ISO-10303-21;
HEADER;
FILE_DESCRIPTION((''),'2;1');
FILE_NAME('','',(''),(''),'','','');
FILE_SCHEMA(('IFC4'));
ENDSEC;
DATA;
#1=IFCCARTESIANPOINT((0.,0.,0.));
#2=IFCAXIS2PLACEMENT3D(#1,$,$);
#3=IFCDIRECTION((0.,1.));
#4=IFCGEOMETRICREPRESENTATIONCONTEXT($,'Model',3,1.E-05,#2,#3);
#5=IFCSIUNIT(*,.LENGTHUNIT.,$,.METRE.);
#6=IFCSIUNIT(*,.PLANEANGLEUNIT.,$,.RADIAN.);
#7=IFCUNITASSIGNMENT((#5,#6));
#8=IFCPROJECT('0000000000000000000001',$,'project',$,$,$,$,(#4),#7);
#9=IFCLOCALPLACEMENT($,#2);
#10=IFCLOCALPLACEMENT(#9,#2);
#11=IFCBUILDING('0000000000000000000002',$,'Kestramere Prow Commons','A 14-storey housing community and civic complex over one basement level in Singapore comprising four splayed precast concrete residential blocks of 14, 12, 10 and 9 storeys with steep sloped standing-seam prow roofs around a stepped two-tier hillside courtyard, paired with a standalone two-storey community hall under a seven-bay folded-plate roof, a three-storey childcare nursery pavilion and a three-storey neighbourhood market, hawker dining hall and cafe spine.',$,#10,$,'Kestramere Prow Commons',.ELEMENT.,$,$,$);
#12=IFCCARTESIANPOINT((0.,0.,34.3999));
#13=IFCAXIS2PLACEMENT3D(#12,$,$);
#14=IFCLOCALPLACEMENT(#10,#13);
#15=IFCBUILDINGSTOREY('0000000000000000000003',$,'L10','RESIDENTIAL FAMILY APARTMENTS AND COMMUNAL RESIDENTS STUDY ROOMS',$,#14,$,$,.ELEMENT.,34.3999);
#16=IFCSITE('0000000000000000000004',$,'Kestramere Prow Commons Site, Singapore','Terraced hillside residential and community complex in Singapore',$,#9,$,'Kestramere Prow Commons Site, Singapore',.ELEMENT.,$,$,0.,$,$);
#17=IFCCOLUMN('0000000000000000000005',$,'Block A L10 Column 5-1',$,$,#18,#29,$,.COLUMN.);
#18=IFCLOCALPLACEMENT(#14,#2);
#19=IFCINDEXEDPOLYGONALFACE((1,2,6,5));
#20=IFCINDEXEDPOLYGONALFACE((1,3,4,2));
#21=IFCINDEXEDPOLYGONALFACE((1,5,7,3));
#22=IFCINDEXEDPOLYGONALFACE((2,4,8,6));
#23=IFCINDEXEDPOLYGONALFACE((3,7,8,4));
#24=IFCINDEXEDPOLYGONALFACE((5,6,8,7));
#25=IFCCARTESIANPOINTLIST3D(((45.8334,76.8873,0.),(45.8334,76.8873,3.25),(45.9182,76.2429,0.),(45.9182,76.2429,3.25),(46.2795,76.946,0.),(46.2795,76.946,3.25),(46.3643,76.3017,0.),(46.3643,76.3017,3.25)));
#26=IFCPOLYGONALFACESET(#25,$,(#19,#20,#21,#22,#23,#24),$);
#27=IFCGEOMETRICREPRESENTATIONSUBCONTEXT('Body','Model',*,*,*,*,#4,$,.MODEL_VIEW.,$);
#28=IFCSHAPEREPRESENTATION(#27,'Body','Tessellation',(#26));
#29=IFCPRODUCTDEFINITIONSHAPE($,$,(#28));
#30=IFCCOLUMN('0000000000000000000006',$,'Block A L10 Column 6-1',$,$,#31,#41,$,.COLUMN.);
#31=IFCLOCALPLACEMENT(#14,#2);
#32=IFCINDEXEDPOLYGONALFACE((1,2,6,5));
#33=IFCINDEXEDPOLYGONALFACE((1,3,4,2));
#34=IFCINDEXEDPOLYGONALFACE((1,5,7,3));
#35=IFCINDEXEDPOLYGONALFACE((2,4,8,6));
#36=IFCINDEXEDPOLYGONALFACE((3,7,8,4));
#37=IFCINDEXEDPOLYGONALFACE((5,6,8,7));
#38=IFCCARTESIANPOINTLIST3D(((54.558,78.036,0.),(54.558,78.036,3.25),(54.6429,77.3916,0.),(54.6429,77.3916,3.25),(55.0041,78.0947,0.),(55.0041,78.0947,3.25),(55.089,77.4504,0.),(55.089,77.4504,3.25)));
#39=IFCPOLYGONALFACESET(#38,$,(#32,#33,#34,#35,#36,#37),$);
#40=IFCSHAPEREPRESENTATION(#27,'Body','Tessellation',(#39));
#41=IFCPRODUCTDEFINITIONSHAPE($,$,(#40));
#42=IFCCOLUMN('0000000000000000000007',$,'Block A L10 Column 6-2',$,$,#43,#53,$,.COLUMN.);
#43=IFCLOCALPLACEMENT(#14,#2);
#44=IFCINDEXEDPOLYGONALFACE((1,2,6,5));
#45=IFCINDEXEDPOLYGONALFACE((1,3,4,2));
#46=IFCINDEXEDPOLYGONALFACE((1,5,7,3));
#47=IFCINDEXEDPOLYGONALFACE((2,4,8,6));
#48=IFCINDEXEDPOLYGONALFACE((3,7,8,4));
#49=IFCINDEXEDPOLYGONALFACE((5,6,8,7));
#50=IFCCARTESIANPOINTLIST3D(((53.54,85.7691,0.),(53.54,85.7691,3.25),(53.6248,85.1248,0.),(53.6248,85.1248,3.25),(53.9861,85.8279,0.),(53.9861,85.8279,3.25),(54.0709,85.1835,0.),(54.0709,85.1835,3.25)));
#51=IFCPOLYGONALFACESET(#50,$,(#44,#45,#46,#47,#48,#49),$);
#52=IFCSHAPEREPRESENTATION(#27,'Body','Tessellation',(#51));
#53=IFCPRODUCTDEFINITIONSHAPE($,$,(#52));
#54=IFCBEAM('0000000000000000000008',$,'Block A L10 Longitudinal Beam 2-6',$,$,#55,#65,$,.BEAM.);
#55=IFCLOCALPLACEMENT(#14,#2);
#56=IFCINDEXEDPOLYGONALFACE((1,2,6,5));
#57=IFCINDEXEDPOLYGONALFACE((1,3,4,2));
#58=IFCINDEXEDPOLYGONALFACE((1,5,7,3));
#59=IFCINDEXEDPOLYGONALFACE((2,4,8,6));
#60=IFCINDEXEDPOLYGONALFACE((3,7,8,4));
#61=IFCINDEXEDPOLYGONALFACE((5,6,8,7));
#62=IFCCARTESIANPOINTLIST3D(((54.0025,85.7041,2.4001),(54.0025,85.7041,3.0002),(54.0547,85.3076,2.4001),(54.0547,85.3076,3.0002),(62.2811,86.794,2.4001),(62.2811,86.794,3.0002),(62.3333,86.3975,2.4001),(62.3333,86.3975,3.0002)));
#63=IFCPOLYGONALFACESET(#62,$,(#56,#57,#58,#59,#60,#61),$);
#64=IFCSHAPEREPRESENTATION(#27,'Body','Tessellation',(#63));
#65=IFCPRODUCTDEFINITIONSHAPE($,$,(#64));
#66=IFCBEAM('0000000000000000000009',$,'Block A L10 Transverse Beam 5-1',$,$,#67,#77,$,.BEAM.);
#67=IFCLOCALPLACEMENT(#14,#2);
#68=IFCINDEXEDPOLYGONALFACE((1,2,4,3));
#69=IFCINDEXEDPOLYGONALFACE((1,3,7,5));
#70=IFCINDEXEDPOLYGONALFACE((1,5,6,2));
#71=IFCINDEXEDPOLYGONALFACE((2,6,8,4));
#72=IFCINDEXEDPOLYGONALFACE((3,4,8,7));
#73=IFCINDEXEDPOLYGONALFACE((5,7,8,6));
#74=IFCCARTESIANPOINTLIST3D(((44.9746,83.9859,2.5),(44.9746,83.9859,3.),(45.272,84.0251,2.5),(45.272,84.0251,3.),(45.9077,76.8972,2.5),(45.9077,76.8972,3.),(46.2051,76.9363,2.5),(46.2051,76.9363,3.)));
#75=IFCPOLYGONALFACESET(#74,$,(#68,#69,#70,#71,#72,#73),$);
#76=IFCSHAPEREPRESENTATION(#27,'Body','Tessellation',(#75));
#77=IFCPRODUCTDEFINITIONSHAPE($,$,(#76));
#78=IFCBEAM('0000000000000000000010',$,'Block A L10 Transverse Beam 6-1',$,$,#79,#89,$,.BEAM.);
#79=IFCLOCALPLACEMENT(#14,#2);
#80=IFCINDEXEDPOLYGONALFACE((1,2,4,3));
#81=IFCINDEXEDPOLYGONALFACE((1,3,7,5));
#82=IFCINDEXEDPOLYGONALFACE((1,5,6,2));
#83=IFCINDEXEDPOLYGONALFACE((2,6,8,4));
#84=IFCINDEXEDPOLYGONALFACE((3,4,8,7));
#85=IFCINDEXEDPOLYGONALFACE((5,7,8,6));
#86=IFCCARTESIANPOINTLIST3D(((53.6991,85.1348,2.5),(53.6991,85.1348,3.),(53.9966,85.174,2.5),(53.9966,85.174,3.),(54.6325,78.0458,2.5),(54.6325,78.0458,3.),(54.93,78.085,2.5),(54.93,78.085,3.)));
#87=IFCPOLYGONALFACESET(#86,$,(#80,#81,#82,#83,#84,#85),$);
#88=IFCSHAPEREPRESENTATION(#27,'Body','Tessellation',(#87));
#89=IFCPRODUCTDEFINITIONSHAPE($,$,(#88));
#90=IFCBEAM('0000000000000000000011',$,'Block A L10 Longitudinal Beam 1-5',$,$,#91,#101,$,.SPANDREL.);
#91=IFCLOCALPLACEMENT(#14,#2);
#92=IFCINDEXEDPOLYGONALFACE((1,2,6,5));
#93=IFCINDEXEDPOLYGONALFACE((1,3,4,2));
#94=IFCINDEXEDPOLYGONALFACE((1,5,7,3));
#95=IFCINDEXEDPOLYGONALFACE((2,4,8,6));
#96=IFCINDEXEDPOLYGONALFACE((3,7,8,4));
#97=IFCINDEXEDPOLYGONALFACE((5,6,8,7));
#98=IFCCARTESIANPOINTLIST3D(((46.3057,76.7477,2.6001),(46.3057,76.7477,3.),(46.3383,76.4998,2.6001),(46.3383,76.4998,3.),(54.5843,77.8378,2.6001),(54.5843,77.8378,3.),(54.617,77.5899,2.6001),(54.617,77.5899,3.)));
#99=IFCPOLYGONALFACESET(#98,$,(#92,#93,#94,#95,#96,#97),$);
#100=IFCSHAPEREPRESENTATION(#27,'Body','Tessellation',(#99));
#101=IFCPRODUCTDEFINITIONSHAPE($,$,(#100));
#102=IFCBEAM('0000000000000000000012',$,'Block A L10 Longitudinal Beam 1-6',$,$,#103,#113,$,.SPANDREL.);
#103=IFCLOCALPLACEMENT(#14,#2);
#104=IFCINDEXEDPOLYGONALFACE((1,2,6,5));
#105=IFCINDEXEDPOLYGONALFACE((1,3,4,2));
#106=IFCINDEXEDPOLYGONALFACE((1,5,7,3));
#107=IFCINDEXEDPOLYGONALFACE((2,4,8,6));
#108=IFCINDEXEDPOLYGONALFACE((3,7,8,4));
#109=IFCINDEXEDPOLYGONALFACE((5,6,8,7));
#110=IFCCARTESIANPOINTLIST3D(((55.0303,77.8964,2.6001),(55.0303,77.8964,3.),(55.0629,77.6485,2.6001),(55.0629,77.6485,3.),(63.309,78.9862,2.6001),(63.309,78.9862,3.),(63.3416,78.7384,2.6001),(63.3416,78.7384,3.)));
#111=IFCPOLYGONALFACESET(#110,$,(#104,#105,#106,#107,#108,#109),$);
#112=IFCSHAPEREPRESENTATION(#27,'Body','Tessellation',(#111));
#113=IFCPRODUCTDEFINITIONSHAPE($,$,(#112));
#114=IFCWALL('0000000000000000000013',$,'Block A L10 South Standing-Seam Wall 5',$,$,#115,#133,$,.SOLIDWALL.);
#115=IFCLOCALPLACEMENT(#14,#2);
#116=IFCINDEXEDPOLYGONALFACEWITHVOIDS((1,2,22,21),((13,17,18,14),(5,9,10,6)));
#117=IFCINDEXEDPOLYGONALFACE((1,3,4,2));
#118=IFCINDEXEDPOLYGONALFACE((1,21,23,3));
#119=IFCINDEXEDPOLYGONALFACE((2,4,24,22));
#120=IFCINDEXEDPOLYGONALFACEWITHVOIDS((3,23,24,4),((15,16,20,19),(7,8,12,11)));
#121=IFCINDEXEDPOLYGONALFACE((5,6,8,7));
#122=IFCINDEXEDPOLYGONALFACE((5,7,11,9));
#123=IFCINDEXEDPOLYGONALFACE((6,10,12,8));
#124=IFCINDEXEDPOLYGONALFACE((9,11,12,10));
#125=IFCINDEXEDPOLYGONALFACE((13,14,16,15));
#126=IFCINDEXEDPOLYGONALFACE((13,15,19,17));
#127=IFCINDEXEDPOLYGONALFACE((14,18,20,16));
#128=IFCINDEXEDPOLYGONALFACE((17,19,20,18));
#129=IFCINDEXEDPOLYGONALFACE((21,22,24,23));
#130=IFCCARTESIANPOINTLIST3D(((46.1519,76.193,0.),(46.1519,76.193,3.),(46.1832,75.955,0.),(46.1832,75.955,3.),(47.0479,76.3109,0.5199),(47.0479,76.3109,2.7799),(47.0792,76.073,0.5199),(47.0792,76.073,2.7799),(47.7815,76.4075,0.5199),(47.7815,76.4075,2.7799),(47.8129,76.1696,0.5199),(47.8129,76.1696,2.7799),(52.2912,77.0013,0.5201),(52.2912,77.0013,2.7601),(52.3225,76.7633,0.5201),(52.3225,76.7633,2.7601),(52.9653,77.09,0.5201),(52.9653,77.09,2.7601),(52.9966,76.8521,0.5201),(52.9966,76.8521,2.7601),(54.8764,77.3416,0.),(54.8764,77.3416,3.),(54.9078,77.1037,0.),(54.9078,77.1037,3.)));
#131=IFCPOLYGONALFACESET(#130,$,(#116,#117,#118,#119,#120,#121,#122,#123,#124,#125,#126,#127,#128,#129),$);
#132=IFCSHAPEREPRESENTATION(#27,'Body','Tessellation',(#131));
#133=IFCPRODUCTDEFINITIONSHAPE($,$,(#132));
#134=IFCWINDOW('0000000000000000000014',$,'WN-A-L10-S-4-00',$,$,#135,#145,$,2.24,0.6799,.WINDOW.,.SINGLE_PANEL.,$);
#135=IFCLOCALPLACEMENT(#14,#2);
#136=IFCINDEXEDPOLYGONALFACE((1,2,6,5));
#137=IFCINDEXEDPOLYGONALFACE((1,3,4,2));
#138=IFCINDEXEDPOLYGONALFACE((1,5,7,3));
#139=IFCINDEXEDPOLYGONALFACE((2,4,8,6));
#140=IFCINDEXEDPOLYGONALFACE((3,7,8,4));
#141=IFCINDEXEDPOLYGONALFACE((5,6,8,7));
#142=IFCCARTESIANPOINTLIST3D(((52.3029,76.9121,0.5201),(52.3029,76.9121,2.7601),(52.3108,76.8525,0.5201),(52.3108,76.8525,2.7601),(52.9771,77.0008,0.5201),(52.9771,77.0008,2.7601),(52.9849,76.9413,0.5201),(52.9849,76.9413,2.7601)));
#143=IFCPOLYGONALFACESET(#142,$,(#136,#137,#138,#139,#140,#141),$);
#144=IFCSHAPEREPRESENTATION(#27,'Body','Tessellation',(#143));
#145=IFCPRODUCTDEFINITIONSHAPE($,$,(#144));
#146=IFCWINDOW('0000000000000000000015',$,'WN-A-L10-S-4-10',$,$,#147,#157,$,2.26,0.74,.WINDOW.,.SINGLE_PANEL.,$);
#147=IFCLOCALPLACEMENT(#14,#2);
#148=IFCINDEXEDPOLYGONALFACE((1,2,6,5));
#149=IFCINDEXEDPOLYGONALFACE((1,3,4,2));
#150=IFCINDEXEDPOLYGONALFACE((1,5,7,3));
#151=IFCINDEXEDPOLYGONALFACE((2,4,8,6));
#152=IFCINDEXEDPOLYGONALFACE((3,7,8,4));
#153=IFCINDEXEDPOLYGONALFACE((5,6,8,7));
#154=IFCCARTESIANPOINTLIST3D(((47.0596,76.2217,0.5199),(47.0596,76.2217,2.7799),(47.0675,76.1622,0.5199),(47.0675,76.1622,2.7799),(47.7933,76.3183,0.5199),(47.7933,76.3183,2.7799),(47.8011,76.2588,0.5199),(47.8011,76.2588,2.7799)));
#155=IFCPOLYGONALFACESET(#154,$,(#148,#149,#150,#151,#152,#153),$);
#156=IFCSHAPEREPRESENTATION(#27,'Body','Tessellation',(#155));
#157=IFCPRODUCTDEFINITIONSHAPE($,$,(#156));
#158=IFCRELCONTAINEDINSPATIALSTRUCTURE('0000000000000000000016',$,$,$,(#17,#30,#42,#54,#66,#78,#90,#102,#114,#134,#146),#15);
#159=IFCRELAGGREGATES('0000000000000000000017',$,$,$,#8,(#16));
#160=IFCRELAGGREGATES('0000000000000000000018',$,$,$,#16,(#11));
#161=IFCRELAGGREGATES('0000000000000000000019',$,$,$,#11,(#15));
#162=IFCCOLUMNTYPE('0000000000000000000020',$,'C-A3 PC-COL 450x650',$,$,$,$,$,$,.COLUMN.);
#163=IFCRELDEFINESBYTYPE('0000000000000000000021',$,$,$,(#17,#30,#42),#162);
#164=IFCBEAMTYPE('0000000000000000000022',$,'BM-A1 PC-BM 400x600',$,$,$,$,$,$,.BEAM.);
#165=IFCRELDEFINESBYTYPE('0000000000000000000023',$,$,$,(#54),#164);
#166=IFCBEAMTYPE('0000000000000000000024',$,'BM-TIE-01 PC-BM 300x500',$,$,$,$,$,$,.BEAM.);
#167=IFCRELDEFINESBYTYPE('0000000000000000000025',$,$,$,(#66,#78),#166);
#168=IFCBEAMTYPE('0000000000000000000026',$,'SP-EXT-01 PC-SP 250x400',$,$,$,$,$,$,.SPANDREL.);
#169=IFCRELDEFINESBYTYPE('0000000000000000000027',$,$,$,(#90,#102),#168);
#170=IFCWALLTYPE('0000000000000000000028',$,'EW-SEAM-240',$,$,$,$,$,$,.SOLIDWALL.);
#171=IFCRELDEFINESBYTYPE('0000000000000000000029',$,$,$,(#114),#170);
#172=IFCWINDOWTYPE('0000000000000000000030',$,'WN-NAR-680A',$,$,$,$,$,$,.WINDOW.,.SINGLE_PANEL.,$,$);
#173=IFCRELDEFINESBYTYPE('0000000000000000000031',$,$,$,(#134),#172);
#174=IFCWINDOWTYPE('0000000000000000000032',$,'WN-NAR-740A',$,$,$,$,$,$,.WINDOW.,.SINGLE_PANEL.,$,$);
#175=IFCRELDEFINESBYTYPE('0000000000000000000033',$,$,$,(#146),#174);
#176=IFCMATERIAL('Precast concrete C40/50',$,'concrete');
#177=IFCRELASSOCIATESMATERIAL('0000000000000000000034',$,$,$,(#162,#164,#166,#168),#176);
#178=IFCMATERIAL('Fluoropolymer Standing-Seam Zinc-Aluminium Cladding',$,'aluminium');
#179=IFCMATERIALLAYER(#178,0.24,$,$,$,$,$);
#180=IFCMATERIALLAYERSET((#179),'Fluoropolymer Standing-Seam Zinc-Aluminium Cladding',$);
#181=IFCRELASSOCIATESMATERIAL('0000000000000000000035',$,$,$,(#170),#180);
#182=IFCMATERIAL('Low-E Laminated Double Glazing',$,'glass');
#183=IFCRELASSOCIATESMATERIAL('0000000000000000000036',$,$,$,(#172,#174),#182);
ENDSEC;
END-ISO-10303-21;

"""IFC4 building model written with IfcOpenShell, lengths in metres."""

from ifc_helpers import new_model, si_unit, direction, frame, frame_2d, origin, origin_2d, place, context, subcontext, project, spatial, rectangle, extrude, material, layer, layer_set, material_profile, profile_set, type_object, element, fill, save


model = new_model("IFC4")

# Units and contexts
model_context = context("Model", 3, precision=1e-05, world=origin(), true_north=direction((0.0, 1.0)))
body_context = subcontext(model_context, "Body", "Model", "MODEL_VIEW")
ifc_project = project(units=[si_unit("LENGTHUNIT", "METRE"), si_unit("PLANEANGLEUNIT", "RADIAN")], contexts=[model_context])

# Site, building, storey
site_placement = place(None, origin())
site = spatial("IfcSite", under=ifc_project, at=site_placement, Name="Kestramere Prow Commons Site, Singapore", Description="Terraced hillside residential and community complex in Singapore", LongName="Kestramere Prow Commons Site, Singapore", CompositionType="ELEMENT", RefElevation=0.0)
building_placement = place(site_placement, origin())
building = spatial("IfcBuilding", under=site, at=building_placement, Name="Kestramere Prow Commons", Description="A 14-storey housing community and civic complex over one basement level in Singapore comprising four splayed precast concrete residential blocks of 14, 12, 10 and 9 storeys with steep sloped standing-seam prow roofs around a stepped two-tier hillside courtyard, paired with a standalone two-storey community hall under a seven-bay folded-plate roof, a three-storey childcare nursery pavilion and a three-storey neighbourhood market, hawker dining hall and cafe spine.", LongName="Kestramere Prow Commons", CompositionType="ELEMENT")
storey_placement = place(building_placement, frame((0.0, 0.0, 34.3999)))
storey = spatial("IfcBuildingStorey", under=building, at=storey_placement, Name="L10", Description="RESIDENTIAL FAMILY APARTMENTS AND COMMUNAL RESIDENTS STUDY ROOMS", CompositionType="ELEMENT", Elevation=34.3999)

# Columns
ifc_material_1 = material(Name="Precast concrete C40/50", Category="concrete")
ifc_material_profile_1 = material_profile(ifc_material_1, rectangle(XDim=0.45, YDim=0.6499, at=origin_2d()), Name="PC-COL 450x650")
ifc_profile_set_1 = profile_set([ifc_material_profile_1], Name="Precast concrete C40/50")
column_type = type_object("IfcColumnType", Name="C-A3 PC-COL 450x650", PredefinedType="COLUMN", material=ifc_profile_set_1)
for number, where, z_axis, x_axis, name in (
    (1, (46.0989, 76.5945, 0.0), (0.0, 0.0, 1.0), (0.991445, 0.130526, 0.0), "Block A L10 Column 5-1"),
    (2, (54.8235, 77.7432, 0.0), (0.0, 0.0, 1.0), (0.991445, 0.130526, 0.0), "Block A L10 Column 6-1"),
    (3, (53.8054, 85.4763, 0.0), (0.0, 0.0, 1.0), (0.991445, 0.130526, 0.0), "Block A L10 Column 6-2"),
):
    element("IfcColumn", number, at=place(storey_placement, frame(where, z_axis=z_axis, x_axis=x_axis)), inside=storey, type_object=column_type, Name=name, PredefinedType="COLUMN", context=body_context, shape_type="SweptSolid", body=[
        extrude(rectangle(XDim=0.45, YDim=0.6499, at=origin_2d()), origin(), (0.0, 0.0, 1.0), 3.25),
    ])

# Beams
ifc_material_profile_2 = material_profile(ifc_material_1, rectangle(XDim=0.3999, YDim=0.6001, at=origin_2d()), Name="PC-BM 400x600")
ifc_profile_set_2 = profile_set([ifc_material_profile_2], Name="Precast concrete C40/50")
beam_type_1 = type_object("IfcBeamType", Name="BM-A1 PC-BM 400x600", PredefinedType="BEAM", material=ifc_profile_set_2)
beam_1_placement = place(storey_placement, frame((54.0286, 85.5059, 2.7002), z_axis=(0.991446, 0.13052, 0.0), x_axis=(-0.13052, 0.991446, 0.0)))
element("IfcBeam", 4, at=beam_1_placement, inside=storey, type_object=beam_type_1, Name="Block A L10 Longitudinal Beam 2-6", PredefinedType="BEAM", context=body_context, shape_type="SweptSolid", body=[
    extrude(rectangle(XDim=0.3999, YDim=0.6001, at=origin_2d()), origin(), (0.0, 0.0, 1.0), 8.3501),
])
ifc_material_profile_3 = material_profile(ifc_material_1, rectangle(XDim=0.3, YDim=0.5, at=origin_2d()), Name="PC-BM 300x500")
ifc_profile_set_3 = profile_set([ifc_material_profile_3], Name="Precast concrete C40/50")
beam_type_2 = type_object("IfcBeamType", Name="BM-TIE-01 PC-BM 300x500", PredefinedType="BEAM", material=ifc_profile_set_3)
beam_2_placement = place(storey_placement, frame((46.0564, 76.9167, 2.75), z_axis=(-0.130504, 0.991448, 0.0), x_axis=(-0.991448, -0.130504, 0.0)))
element("IfcBeam", 5, at=beam_2_placement, inside=storey, type_object=beam_type_2, Name="Block A L10 Transverse Beam 5-1", PredefinedType="BEAM", context=body_context, shape_type="SweptSolid", body=[
    extrude(rectangle(XDim=0.3, YDim=0.5, at=origin_2d()), origin(), (0.0, 0.0, 1.0), 7.1499),
])
beam_3_placement = place(storey_placement, frame((54.7812, 78.0654, 2.75), z_axis=(-0.130538, 0.991443, 0.0), x_axis=(-0.991443, -0.130538, 0.0)))
element("IfcBeam", 6, at=beam_3_placement, inside=storey, type_object=beam_type_2, Name="Block A L10 Transverse Beam 6-1", PredefinedType="BEAM", context=body_context, shape_type="SweptSolid", body=[
    extrude(rectangle(XDim=0.3, YDim=0.5, at=origin_2d()), origin(), (0.0, 0.0, 1.0), 7.1501),
])
ifc_material_profile_4 = material_profile(ifc_material_1, rectangle(XDim=0.25, YDim=0.3999, at=origin_2d()), Name="PC-SP 250x400")
ifc_profile_set_4 = profile_set([ifc_material_profile_4], Name="Precast concrete C40/50")
beam_type_3 = type_object("IfcBeamType", Name="SP-EXT-01 PC-SP 250x400", PredefinedType="SPANDREL", material=ifc_profile_set_4)
for number, where, z_axis, x_axis, name in (
    (7, (46.322, 76.6238, 2.8), (0.991442, 0.130549, 0.0), (-0.130549, 0.991442, 0.0), "Block A L10 Longitudinal Beam 1-5"),
    (8, (55.0466, 77.7725, 2.8), (0.991446, 0.13052, 0.0), (-0.13052, 0.991446, 0.0), "Block A L10 Longitudinal Beam 1-6"),
):
    element("IfcBeam", number, at=place(storey_placement, frame(where, z_axis=z_axis, x_axis=x_axis)), inside=storey, type_object=beam_type_3, Name=name, PredefinedType="SPANDREL", context=body_context, shape_type="SweptSolid", body=[
        extrude(rectangle(XDim=0.25, YDim=0.3999, at=origin_2d()), origin(), (0.0, 0.0, 1.0), 8.3501),
    ])

# Wall, openings, windows
ifc_material_2 = material(Name="Fluoropolymer Standing-Seam Zinc-Aluminium Cladding", Category="aluminium")
ifc_layer_1 = layer(ifc_material_2, 0.24)
ifc_layer_set_1 = layer_set([ifc_layer_1], Name="Fluoropolymer Standing-Seam Zinc-Aluminium Cladding")
wall_type_1 = type_object("IfcWallType", Name="EW-SEAM-240", PredefinedType="SOLIDWALL", material=ifc_layer_set_1)
wall_1_placement = place(storey_placement, frame((54.8921, 77.2227, 0.0), z_axis=(0.0, 0.0, 1.0), x_axis=(-0.991444, -0.130533, 0.0)))
wall_1 = element("IfcWall", 9, at=wall_1_placement, inside=storey, type_object=wall_type_1, Name="Block A L10 South Standing-Seam Wall 5", PredefinedType="SOLIDWALL", context=body_context, shape_type="SweptSolid", body=[
    extrude(rectangle(XDim=8.7998, YDim=0.24, at=frame_2d((4.3999, 0.0))), origin(), (0.0, 0.0, 1.0), 3.0),
])
opening_1_placement = place(wall_1_placement, frame((1.9277, 0.0, 0.52)))
opening_1 = element("IfcOpeningElement", 10, at=opening_1_placement, cuts=wall_1, PredefinedType="OPENING", context=body_context, shape_type="SweptSolid", body=[
    extrude(rectangle(XDim=0.6799, YDim=2.24, at=frame_2d((0.3398, 1.1201))), frame((0.0, 0.135, 0.0), z_axis=(0.0, -1.0, 0.0), x_axis=(1.0, 0.0, 0.0)), (0.0, 0.0, 1.0), 0.27),
])
opening_2_placement = place(wall_1_placement, frame((7.156, 0.0, 0.52)))
opening_2 = element("IfcOpeningElement", 11, at=opening_2_placement, cuts=wall_1, PredefinedType="OPENING", context=body_context, shape_type="SweptSolid", body=[
    extrude(rectangle(XDim=0.74, YDim=2.26, at=frame_2d((0.3701, 1.1299))), frame((0.0, 0.135, 0.0), z_axis=(0.0, -1.0, 0.0), x_axis=(1.0, 0.0, 0.0)), (0.0, 0.0, 1.0), 0.27),
])
ifc_material_3 = material(Name="Low-E Laminated Double Glazing", Category="glass")
window_type_1 = type_object("IfcWindowType", Name="WN-NAR-680A", PartitioningType="SINGLE_PANEL", PredefinedType="WINDOW", material=ifc_material_3)
window_1_placement = place(opening_1_placement, origin())
window_1 = element("IfcWindow", 12, at=window_1_placement, inside=storey, type_object=window_type_1, Name="WN-A-L10-S-4-00", OverallHeight=2.24, OverallWidth=0.6799, PartitioningType="SINGLE_PANEL", PredefinedType="WINDOW", context=body_context, shape_type="SweptSolid", body=[
    extrude(rectangle(XDim=0.6799, YDim=2.24, at=frame_2d((0.3398, 1.1201))), frame((0.0, 0.03, 0.0), z_axis=(0.0, -1.0, 0.0), x_axis=(1.0, 0.0, 0.0)), (0.0, 0.0, 1.0), 0.0601),
])
fill(opening_1, window_1)
window_type_2 = type_object("IfcWindowType", Name="WN-NAR-740A", PartitioningType="SINGLE_PANEL", PredefinedType="WINDOW", material=ifc_material_3)
window_2_placement = place(opening_2_placement, origin())
window_2 = element("IfcWindow", 13, at=window_2_placement, inside=storey, type_object=window_type_2, Name="WN-A-L10-S-4-10", OverallHeight=2.26, OverallWidth=0.74, PartitioningType="SINGLE_PANEL", PredefinedType="WINDOW", context=body_context, shape_type="SweptSolid", body=[
    extrude(rectangle(XDim=0.74, YDim=2.26, at=frame_2d((0.3701, 1.1299))), frame((0.0, 0.03, 0.0), z_axis=(0.0, -1.0, 0.0), x_axis=(1.0, 0.0, 0.0)), (0.0, 0.0, 1.0), 0.0601),
])
fill(opening_2, window_2)

save(model, "model.ifc")
